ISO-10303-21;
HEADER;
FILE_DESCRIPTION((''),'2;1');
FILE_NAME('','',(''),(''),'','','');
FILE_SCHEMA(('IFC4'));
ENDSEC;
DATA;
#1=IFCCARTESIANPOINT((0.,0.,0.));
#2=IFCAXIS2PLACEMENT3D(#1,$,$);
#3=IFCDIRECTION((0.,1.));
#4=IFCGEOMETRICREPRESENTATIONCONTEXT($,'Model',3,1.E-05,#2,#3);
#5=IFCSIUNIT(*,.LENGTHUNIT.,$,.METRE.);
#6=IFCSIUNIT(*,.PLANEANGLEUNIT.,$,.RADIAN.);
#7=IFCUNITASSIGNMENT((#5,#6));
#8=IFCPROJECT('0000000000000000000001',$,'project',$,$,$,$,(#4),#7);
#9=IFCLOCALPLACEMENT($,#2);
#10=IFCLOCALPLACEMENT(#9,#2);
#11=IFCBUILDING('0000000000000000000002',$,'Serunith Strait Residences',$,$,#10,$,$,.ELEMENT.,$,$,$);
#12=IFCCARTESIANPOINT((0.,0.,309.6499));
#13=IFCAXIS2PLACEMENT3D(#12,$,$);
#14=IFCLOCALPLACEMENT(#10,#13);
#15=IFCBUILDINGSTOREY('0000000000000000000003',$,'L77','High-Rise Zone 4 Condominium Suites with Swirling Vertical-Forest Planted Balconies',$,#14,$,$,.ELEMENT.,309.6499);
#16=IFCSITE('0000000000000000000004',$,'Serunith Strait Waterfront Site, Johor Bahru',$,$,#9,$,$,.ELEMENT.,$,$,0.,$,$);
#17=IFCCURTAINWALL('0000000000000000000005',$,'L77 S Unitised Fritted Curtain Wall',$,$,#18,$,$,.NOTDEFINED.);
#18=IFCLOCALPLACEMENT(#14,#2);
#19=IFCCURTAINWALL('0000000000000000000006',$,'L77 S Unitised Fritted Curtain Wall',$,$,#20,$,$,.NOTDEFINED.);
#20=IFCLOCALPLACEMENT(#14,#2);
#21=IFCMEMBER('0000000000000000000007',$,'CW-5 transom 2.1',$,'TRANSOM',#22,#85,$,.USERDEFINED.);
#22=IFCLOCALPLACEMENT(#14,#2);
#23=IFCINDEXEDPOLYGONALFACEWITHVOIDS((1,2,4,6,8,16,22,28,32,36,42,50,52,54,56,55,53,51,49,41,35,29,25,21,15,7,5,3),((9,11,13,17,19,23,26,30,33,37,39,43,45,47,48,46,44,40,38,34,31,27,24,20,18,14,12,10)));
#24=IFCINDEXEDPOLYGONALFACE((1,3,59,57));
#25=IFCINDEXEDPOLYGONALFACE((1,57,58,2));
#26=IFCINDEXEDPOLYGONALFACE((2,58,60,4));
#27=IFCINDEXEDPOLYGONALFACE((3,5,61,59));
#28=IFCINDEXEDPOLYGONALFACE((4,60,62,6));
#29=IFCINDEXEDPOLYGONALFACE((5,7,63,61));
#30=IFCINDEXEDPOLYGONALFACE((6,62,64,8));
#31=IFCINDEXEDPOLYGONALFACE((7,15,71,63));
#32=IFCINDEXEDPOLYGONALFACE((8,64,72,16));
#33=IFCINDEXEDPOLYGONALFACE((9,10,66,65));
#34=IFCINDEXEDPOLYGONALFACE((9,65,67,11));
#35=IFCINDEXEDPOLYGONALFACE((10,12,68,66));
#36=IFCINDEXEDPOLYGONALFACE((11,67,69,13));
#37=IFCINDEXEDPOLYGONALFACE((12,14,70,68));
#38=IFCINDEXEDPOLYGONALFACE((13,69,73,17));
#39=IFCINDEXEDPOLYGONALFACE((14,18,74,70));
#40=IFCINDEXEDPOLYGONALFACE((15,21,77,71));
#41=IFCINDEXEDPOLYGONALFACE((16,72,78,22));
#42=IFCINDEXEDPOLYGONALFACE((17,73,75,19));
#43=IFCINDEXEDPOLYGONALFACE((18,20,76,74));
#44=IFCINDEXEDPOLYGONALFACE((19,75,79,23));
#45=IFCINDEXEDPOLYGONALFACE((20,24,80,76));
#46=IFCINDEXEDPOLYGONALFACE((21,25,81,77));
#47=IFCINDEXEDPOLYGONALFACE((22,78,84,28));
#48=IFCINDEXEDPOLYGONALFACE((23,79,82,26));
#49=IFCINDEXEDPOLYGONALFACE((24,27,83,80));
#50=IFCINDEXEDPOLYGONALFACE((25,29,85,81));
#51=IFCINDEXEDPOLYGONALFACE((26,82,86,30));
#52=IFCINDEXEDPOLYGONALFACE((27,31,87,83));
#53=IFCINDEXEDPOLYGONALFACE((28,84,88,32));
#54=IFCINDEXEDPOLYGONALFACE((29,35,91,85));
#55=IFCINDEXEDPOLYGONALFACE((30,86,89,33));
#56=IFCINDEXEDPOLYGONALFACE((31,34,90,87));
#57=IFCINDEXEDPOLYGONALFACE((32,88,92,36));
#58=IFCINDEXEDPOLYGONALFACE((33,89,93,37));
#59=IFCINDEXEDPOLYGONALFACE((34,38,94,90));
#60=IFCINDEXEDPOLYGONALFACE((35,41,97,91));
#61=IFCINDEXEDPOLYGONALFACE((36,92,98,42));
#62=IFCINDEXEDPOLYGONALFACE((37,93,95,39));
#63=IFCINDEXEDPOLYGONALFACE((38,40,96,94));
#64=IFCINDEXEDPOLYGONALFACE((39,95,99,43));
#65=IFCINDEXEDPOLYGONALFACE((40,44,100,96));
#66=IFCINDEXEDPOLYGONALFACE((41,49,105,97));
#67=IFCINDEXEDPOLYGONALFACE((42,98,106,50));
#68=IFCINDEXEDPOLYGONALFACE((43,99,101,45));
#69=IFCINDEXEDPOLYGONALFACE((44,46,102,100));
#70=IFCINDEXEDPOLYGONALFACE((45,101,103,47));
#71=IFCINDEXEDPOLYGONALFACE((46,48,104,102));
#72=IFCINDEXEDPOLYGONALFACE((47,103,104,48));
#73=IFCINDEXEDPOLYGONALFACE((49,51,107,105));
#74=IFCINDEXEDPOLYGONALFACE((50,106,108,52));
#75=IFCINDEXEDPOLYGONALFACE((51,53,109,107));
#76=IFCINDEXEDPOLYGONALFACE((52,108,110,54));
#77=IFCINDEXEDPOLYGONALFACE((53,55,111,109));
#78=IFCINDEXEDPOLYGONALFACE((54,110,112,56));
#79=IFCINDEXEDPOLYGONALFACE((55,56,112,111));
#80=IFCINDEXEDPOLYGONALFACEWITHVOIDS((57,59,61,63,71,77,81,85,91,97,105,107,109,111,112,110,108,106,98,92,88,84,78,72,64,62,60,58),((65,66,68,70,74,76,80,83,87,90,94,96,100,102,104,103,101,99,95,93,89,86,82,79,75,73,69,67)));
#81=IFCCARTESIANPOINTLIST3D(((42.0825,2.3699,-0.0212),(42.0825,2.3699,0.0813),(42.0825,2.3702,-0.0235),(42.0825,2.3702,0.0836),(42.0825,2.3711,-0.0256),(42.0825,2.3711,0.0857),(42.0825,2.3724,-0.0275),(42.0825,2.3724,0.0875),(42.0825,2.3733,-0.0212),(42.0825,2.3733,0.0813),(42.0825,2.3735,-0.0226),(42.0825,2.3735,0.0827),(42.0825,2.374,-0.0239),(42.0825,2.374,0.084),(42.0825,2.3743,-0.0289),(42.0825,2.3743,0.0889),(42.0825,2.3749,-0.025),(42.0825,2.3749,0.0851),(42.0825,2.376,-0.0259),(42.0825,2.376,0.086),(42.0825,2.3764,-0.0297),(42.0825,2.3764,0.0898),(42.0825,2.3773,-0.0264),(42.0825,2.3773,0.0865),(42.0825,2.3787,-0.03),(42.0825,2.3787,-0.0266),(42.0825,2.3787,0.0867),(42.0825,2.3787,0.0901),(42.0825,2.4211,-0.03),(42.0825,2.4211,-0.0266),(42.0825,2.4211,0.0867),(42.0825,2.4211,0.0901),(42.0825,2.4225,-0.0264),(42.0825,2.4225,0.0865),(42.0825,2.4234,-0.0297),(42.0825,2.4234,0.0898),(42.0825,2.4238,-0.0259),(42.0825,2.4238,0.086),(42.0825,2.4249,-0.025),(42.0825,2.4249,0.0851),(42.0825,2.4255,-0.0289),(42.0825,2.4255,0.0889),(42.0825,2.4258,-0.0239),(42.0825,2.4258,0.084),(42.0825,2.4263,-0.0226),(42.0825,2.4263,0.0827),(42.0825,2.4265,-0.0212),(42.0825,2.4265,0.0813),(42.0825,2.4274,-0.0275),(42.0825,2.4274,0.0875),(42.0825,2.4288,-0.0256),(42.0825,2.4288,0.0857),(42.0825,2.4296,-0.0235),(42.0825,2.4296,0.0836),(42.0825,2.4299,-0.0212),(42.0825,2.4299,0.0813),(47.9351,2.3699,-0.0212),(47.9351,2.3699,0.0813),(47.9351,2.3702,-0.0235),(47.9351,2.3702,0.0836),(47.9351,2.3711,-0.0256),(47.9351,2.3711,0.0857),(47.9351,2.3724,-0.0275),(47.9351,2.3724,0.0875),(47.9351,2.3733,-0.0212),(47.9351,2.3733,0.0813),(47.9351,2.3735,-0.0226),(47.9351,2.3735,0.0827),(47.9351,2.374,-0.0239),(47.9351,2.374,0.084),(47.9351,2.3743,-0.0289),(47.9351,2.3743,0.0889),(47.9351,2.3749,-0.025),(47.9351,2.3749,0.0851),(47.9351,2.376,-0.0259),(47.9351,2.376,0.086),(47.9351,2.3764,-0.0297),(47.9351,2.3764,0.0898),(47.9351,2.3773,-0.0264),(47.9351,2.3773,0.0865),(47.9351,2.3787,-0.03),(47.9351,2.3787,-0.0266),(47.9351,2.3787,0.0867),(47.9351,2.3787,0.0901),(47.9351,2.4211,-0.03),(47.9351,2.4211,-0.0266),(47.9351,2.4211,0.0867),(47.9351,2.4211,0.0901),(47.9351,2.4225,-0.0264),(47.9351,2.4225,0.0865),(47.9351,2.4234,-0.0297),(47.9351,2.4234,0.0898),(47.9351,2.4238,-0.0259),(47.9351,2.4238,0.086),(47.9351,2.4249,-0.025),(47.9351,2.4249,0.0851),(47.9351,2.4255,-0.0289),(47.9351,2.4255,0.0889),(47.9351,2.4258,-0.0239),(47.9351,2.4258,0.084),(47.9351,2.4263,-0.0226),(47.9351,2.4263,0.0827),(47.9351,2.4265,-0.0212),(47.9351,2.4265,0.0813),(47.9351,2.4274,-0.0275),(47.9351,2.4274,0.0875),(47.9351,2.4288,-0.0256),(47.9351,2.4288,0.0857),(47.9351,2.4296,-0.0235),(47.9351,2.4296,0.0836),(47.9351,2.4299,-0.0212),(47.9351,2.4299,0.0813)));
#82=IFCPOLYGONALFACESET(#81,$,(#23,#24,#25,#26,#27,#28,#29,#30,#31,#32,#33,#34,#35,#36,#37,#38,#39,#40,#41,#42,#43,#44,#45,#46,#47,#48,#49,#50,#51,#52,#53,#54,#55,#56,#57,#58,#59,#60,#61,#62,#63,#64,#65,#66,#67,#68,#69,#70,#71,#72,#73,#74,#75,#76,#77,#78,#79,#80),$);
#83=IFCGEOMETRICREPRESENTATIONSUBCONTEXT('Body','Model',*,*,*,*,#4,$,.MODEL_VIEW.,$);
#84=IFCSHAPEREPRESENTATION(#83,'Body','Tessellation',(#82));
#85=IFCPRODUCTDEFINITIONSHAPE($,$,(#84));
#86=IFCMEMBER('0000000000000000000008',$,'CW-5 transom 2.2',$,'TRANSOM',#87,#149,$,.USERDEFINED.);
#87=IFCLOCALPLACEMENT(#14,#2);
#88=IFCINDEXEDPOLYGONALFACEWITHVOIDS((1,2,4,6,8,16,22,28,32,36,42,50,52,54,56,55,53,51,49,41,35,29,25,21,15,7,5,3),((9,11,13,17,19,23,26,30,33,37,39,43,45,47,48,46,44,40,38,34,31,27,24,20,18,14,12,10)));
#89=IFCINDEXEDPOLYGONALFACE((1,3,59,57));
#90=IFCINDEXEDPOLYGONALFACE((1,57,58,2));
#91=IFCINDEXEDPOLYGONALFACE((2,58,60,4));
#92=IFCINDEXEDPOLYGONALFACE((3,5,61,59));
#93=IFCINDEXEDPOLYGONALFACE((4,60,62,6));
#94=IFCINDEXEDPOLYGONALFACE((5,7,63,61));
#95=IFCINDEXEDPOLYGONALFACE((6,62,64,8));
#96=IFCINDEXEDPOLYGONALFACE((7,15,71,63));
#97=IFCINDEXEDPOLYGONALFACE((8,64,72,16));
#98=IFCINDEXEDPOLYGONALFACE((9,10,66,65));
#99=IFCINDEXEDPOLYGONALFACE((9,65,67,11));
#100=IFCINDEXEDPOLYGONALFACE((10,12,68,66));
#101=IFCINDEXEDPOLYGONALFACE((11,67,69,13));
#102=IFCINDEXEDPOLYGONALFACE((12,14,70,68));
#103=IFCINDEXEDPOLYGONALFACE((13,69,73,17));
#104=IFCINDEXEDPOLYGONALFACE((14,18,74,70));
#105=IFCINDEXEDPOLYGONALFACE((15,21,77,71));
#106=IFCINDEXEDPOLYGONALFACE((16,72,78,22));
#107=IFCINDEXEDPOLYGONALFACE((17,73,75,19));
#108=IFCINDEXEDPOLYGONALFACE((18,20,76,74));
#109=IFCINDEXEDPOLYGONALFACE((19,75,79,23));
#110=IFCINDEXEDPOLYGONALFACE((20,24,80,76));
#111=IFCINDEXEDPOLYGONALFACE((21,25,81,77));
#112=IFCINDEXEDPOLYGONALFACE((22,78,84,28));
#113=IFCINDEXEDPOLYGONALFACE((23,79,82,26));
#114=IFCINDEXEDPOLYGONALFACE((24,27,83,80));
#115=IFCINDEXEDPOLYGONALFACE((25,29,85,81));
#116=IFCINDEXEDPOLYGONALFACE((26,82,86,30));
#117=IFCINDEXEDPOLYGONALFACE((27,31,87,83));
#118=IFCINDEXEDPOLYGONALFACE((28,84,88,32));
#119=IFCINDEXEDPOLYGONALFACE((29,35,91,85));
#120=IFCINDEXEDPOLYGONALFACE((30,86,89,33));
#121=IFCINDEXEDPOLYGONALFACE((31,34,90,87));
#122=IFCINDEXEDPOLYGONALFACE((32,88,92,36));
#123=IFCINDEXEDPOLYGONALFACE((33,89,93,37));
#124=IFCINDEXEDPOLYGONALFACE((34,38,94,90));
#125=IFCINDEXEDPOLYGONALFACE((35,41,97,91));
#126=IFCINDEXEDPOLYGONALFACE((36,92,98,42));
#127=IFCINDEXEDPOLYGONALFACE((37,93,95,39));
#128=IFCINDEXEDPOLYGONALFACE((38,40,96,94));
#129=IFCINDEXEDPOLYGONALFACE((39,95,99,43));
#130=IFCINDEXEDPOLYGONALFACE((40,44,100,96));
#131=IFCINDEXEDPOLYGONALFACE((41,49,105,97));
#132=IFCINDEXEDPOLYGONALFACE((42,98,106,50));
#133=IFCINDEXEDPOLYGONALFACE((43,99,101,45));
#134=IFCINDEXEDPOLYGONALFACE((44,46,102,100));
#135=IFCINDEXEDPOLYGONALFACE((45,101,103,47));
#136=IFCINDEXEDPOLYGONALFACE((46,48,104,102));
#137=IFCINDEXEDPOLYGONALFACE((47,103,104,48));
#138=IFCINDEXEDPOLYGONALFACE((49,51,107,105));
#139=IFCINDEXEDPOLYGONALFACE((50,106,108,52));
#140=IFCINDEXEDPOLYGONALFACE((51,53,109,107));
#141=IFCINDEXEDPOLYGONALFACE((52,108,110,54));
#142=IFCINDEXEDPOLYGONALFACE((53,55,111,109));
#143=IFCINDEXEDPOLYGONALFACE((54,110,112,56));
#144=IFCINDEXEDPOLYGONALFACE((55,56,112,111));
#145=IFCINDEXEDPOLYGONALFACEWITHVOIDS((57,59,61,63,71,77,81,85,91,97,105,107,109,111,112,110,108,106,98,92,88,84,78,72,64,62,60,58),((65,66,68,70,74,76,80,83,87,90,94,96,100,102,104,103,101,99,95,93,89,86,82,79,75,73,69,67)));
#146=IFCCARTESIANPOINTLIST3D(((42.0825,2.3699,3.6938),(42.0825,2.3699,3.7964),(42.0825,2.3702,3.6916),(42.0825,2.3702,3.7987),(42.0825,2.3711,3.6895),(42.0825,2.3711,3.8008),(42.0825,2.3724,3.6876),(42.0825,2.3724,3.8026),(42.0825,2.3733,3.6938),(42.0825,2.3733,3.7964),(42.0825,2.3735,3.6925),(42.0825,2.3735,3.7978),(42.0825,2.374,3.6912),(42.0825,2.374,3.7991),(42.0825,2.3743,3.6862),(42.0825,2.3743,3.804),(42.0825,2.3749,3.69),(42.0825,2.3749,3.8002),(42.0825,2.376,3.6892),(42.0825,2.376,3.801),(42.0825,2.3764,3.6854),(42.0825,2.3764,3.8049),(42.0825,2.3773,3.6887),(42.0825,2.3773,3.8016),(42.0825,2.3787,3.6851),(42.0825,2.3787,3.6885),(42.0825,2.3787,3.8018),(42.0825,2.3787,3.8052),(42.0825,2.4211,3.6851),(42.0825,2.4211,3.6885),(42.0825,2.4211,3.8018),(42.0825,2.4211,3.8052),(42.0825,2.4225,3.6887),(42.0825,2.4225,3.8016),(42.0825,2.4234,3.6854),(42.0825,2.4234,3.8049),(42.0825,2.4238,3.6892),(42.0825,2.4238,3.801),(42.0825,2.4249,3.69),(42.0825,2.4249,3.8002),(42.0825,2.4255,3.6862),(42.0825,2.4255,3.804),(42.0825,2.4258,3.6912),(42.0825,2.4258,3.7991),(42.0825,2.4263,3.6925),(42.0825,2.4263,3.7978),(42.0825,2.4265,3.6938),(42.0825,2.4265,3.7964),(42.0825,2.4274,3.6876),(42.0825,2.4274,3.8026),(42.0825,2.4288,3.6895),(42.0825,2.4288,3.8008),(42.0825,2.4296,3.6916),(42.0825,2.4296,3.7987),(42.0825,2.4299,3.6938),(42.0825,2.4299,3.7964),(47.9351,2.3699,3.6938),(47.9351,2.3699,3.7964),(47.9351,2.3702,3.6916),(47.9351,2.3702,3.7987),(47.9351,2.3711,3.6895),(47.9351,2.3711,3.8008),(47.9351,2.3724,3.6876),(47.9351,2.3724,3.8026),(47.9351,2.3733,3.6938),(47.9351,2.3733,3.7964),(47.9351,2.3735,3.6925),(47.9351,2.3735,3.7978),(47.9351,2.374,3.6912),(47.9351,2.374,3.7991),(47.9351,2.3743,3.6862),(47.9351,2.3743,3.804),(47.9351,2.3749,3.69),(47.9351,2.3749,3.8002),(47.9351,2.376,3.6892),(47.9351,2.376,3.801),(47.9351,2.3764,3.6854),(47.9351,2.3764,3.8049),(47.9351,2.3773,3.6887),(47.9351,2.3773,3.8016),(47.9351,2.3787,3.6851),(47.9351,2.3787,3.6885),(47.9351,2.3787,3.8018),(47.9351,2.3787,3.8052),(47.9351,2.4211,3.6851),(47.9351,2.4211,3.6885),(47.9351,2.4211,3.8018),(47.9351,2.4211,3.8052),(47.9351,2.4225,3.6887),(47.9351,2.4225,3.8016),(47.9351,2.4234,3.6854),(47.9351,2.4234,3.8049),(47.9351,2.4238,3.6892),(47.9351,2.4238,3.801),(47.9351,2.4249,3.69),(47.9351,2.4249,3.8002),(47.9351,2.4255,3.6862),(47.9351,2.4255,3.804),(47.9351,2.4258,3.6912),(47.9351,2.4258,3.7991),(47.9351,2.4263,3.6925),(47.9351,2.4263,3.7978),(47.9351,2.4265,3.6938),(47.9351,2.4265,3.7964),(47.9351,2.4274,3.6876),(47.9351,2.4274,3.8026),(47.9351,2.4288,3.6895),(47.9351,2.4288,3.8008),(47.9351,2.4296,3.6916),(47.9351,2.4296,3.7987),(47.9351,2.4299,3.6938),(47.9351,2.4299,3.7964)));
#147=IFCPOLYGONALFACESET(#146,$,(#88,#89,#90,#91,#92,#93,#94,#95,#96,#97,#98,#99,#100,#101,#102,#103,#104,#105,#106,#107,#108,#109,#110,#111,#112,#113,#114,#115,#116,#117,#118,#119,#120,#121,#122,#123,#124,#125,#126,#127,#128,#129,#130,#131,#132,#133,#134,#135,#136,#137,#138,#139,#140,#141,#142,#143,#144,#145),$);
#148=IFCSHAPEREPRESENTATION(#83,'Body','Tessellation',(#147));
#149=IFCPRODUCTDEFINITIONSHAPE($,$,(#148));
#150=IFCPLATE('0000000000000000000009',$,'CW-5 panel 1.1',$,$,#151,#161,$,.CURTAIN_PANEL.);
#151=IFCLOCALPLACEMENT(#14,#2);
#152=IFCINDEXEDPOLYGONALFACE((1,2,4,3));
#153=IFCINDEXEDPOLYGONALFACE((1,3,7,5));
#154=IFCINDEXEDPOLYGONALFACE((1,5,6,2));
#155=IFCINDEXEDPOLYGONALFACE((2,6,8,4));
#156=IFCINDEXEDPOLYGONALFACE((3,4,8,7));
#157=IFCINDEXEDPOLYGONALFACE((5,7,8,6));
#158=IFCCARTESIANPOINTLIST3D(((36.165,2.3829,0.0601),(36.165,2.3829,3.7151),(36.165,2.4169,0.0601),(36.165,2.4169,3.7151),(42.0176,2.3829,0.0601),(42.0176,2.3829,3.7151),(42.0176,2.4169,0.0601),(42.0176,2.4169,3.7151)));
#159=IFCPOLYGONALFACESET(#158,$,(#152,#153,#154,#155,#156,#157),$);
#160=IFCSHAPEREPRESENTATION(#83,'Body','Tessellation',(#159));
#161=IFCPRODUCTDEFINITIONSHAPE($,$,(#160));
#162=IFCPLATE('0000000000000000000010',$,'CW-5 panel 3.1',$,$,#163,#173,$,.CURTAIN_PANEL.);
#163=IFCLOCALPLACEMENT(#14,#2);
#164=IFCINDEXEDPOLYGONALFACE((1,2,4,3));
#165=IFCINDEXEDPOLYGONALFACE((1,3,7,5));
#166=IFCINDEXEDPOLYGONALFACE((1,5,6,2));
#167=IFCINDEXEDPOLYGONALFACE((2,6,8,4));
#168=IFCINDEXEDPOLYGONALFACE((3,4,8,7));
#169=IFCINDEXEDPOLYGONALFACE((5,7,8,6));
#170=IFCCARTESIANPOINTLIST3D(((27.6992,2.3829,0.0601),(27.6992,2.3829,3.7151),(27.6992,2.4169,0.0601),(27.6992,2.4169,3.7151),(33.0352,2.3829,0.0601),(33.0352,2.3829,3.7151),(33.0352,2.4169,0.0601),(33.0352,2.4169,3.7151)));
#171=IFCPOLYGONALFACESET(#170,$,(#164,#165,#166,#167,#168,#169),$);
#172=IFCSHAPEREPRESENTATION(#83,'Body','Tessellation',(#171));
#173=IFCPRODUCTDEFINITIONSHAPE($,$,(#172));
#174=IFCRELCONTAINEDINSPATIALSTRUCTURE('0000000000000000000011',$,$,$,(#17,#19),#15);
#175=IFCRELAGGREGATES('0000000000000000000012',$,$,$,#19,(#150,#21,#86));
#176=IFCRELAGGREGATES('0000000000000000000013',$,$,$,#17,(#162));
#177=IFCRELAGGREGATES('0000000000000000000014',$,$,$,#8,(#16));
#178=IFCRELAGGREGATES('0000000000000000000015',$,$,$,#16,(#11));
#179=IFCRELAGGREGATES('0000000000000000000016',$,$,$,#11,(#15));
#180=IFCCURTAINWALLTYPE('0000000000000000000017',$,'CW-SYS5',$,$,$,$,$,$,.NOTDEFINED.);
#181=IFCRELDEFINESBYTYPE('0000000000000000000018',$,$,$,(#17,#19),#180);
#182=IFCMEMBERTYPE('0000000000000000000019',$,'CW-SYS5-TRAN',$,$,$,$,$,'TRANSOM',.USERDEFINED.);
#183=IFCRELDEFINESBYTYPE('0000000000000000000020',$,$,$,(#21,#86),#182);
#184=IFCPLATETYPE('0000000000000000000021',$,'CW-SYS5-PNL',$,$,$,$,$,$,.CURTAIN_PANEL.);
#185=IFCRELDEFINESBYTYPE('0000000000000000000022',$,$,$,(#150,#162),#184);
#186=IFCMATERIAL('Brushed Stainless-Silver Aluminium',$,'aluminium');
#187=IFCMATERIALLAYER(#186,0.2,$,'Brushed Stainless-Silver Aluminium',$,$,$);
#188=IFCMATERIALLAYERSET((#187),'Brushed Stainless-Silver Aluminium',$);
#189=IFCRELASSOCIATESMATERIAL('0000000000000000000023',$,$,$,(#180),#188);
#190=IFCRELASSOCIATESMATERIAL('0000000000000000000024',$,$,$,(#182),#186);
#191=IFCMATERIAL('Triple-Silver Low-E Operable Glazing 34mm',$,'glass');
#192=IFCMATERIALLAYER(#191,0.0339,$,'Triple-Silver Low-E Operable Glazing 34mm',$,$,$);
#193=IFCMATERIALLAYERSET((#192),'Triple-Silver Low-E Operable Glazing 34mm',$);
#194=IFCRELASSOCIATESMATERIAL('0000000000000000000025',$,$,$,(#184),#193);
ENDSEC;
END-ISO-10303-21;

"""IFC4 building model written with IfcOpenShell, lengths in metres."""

from ifc_helpers import new_model, si_unit, direction, frame, origin, origin_2d, place, context, subcontext, project, spatial, rectangle, hollow_rectangle, extrude, source, transform, mapped, material, layer, layer_set, material_profile, profile_set, type_object, element, aggregate, save


model = new_model("IFC4")

# Units and contexts
model_context = context("Model", 3, precision=1e-05, world=origin(), true_north=direction((0.0, 1.0)))
body_context = subcontext(model_context, "Body", "Model", "MODEL_VIEW")
ifc_project = project(units=[si_unit("LENGTHUNIT", "METRE"), si_unit("PLANEANGLEUNIT", "RADIAN")], contexts=[model_context])

# Site, building, storey
site_placement = place(None, origin())
site = spatial("IfcSite", under=ifc_project, at=site_placement, Name="Serunith Strait Waterfront Site, Johor Bahru", CompositionType="ELEMENT", RefElevation=0.0)
building_placement = place(site_placement, origin())
building = spatial("IfcBuilding", under=site, at=building_placement, Name="Serunith Strait Residences", CompositionType="ELEMENT")
storey_placement = place(building_placement, frame((0.0, 0.0, 309.6499)))
storey = spatial("IfcBuildingStorey", under=building, at=storey_placement, Name="L77", Description="High-Rise Zone 4 Condominium Suites with Swirling Vertical-Forest Planted Balconies", CompositionType="ELEMENT", Elevation=309.6499)

# Curtain wall
ifc_material_1 = material(Name="Brushed Stainless-Silver Aluminium", Category="aluminium")
ifc_layer_1 = layer(ifc_material_1, 0.2, Name="Brushed Stainless-Silver Aluminium")
ifc_layer_set_1 = layer_set([ifc_layer_1], Name="Brushed Stainless-Silver Aluminium")
curtain_wall_type = type_object("IfcCurtainWallType", Name="CW-SYS5", PredefinedType="NOTDEFINED", material=ifc_layer_set_1)
curtain_wall_1_placement = place(storey_placement, origin())
curtain_wall_1 = element("IfcCurtainWall", 1, at=curtain_wall_1_placement, inside=storey, type_object=curtain_wall_type, Name="L77 S Unitised Fritted Curtain Wall", PredefinedType="NOTDEFINED")

# Curtain wall, members, plate
curtain_wall_2_placement = place(storey_placement, origin())
curtain_wall_2 = element("IfcCurtainWall", 2, at=curtain_wall_2_placement, inside=storey, type_object=curtain_wall_type, Name="L77 S Unitised Fritted Curtain Wall", PredefinedType="NOTDEFINED")
ifc_material_profile_1 = material_profile(ifc_material_1, hollow_rectangle(XDim=0.0601, YDim=0.1201, WallThickness=0.0034, InnerFilletRadius=0.0054, OuterFilletRadius=0.0088, at=origin_2d()), Name="ALU 120x60x3.5")
ifc_profile_set_1 = profile_set([ifc_material_profile_1], Name="Brushed Stainless-Silver Aluminium")
member_type_1 = type_object("IfcMemberType", Name="CW-SYS5-TRAN", ElementType="TRANSOM", PredefinedType="USERDEFINED", material=ifc_profile_set_1)
shared_shape_1 = source(origin(), body_context, "Body", "SweptSolid", [
    extrude(hollow_rectangle(XDim=0.0601, YDim=0.1201, WallThickness=0.0034, InnerFilletRadius=0.0054, OuterFilletRadius=0.0088, at=origin_2d()), origin(), (0.0, 0.0, 1.0), 5.8525),
])
member_1_placement = place(storey_placement, frame((42.0825, 2.3999, 0.03), z_axis=(1.0, 0.0, 0.0), x_axis=(0.0, 1.0, 0.0)))
member_1 = element("IfcMember", 3, at=member_1_placement, type_object=member_type_1, Name="CW-5 transom 2.1", ObjectType="TRANSOM", PredefinedType="USERDEFINED", context=body_context, shape_type="MappedRepresentation", body=[
    mapped(shared_shape_1, transform((0.0, 0.0, 0.0), scale=1.0)),
])
member_2_placement = place(storey_placement, frame((42.0825, 2.3999, 3.7451), z_axis=(1.0, 0.0, 0.0), x_axis=(0.0, 1.0, 0.0)))
member_2 = element("IfcMember", 4, at=member_2_placement, type_object=member_type_1, Name="CW-5 transom 2.2", ObjectType="TRANSOM", PredefinedType="USERDEFINED", context=body_context, shape_type="MappedRepresentation", body=[
    mapped(shared_shape_1, transform((0.0, 0.0, 0.0), scale=1.0)),
])
ifc_material_2 = material(Name="Triple-Silver Low-E Operable Glazing 34mm", Category="glass")
ifc_layer_2 = layer(ifc_material_2, 0.0339, Name="Triple-Silver Low-E Operable Glazing 34mm")
ifc_layer_set_2 = layer_set([ifc_layer_2], Name="Triple-Silver Low-E Operable Glazing 34mm")
plate_type = type_object("IfcPlateType", Name="CW-SYS5-PNL", PredefinedType="CURTAIN_PANEL", material=ifc_layer_set_2)
shared_shape_2 = source(origin(), body_context, "Body", "SweptSolid", [
    extrude(rectangle(XDim=5.8525, YDim=0.0339, at=origin_2d()), origin(), (0.0, 0.0, 1.0), 3.655),
])
plate_1_placement = place(storey_placement, frame((39.0913, 2.3999, 0.0601), z_axis=(0.0, 0.0, 1.0), x_axis=(1.0, 0.0, 0.0)))
plate_1 = element("IfcPlate", 5, at=plate_1_placement, type_object=plate_type, Name="CW-5 panel 1.1", PredefinedType="CURTAIN_PANEL", context=body_context, shape_type="MappedRepresentation", body=[
    mapped(shared_shape_2, transform((0.0, 0.0, 0.0), scale=1.0)),
])
aggregate(curtain_wall_2, [plate_1, member_1, member_2])

# Plate
shared_shape_3 = source(origin(), body_context, "Body", "SweptSolid", [
    extrude(rectangle(XDim=5.3359, YDim=0.0339, at=origin_2d()), origin(), (0.0, 0.0, 1.0), 3.655),
])
plate_2_placement = place(storey_placement, frame((30.3672, 2.3999, 0.0601), z_axis=(0.0, 0.0, 1.0), x_axis=(1.0, 0.0, 0.0)))
plate_2 = element("IfcPlate", 6, at=plate_2_placement, type_object=plate_type, Name="CW-5 panel 3.1", PredefinedType="CURTAIN_PANEL", context=body_context, shape_type="MappedRepresentation", body=[
    mapped(shared_shape_3, transform((0.0, 0.0, 0.0), scale=1.0)),
])
aggregate(curtain_wall_1, [plate_2])

save(model, "model.ifc")
